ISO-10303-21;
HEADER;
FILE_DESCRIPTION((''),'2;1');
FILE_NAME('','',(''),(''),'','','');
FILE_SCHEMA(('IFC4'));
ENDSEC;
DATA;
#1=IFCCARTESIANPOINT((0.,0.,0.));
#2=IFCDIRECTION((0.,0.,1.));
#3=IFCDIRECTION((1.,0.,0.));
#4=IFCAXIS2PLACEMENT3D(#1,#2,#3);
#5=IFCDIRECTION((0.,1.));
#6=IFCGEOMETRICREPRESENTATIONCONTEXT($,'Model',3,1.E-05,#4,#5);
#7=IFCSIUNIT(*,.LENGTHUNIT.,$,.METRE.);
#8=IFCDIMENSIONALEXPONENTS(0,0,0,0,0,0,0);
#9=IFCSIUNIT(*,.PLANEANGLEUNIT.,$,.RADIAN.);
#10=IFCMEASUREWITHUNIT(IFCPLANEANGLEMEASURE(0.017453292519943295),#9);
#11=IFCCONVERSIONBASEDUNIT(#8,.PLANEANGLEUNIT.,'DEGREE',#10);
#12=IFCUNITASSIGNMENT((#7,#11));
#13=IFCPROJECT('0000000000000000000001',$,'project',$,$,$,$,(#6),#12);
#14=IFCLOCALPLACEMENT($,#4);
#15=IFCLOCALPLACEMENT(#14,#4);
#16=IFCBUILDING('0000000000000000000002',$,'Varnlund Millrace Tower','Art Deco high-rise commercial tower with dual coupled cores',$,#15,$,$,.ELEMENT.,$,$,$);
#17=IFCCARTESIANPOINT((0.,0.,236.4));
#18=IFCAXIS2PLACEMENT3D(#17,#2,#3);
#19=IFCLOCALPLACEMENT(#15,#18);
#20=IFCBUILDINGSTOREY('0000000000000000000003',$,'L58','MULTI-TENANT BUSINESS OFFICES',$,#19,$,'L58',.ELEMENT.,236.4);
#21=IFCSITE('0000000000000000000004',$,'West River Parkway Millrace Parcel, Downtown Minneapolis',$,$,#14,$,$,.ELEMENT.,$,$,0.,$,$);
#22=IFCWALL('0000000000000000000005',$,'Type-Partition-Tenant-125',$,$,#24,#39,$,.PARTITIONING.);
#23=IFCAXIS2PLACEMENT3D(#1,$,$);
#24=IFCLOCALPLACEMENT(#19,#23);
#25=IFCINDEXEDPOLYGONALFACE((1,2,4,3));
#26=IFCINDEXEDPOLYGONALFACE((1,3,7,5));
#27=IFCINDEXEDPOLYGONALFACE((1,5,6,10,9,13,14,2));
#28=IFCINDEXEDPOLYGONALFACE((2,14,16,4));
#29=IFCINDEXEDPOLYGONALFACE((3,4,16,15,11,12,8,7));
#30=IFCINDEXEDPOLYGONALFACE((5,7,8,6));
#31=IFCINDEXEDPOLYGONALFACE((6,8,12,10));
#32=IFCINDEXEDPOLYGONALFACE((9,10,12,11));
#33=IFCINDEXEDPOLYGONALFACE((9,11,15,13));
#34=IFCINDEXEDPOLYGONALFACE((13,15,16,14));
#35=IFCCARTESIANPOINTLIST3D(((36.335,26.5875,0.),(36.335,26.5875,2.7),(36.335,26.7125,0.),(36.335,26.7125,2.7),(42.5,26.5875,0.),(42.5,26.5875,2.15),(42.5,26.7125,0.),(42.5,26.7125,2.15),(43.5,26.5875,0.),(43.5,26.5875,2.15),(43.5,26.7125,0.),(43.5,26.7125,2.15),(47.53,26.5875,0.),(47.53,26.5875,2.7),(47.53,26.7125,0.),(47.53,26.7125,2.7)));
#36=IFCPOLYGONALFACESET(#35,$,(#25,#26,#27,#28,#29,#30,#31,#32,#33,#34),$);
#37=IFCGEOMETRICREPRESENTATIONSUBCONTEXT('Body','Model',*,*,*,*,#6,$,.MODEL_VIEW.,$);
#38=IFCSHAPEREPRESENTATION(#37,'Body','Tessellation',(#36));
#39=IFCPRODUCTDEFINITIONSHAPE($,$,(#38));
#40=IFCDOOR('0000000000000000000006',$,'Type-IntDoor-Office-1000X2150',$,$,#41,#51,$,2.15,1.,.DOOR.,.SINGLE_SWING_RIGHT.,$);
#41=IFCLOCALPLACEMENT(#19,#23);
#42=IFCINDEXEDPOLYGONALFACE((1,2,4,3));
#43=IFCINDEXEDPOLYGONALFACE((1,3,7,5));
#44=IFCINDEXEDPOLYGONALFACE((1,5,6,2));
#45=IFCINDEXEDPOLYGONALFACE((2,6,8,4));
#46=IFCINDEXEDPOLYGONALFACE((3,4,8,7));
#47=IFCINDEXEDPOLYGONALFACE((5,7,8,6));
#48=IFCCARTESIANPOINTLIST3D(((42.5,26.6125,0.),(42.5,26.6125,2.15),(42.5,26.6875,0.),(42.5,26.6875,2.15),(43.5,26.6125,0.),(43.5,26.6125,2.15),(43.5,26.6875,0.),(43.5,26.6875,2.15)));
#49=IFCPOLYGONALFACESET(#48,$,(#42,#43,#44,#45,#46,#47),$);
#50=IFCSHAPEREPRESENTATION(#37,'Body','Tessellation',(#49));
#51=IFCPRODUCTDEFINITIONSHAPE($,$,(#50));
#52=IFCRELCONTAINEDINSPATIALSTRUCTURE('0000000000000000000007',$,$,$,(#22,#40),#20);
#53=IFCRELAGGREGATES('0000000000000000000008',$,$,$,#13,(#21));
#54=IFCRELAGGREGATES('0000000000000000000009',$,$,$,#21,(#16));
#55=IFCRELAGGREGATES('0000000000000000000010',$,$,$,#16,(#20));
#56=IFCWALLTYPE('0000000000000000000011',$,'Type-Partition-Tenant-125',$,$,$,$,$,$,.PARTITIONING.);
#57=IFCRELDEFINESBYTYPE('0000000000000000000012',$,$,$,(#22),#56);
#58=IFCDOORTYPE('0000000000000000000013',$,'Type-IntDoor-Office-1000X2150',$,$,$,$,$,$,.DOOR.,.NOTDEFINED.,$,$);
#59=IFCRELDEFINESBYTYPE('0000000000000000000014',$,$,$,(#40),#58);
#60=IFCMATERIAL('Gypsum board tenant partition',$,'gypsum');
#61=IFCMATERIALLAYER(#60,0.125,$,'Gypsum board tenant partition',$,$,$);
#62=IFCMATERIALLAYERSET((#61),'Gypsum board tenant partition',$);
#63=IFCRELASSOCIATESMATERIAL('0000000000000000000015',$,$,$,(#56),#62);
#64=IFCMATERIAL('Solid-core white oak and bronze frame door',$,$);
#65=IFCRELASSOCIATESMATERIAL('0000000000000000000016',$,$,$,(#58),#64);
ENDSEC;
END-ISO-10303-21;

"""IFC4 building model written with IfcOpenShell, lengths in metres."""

from ifc_helpers import new_model, entity, si_unit, converted_unit, direction, frame, origin_with_axes, origin_2d_with_axis, place, context, subcontext, project, spatial, polyline, rectangle, outline, extrude, material, layer, layer_set, type_object, element, fill, save


model = new_model("IFC4")

# Units and contexts
model_context = context("Model", 3, precision=1e-05, world=origin_with_axes(), true_north=direction((0.0, 1.0)))
body_context = subcontext(model_context, "Body", "Model", "MODEL_VIEW")
ifc_project = project(units=[si_unit("LENGTHUNIT", "METRE"), converted_unit("PLANEANGLEUNIT", "DEGREE", entity("IfcPlaneAngleMeasure", 0.017453292519943295), si_unit("PLANEANGLEUNIT", "RADIAN"), dimensions=[0, 0, 0, 0, 0, 0, 0])], contexts=[model_context])

# Site, building, storey
site_placement = place(None, origin_with_axes())
site = spatial("IfcSite", under=ifc_project, at=site_placement, Name="West River Parkway Millrace Parcel, Downtown Minneapolis", CompositionType="ELEMENT", RefElevation=0.0)
building_placement = place(site_placement, origin_with_axes())
building = spatial("IfcBuilding", under=site, at=building_placement, Name="Varnlund Millrace Tower", Description="Art Deco high-rise commercial tower with dual coupled cores", CompositionType="ELEMENT")
storey_placement = place(building_placement, frame((0.0, 0.0, 236.4), z_axis=(0.0, 0.0, 1.0), x_axis=(1.0, 0.0, 0.0)))
storey = spatial("IfcBuildingStorey", under=building, at=storey_placement, Name="L58", Description="MULTI-TENANT BUSINESS OFFICES", LongName="L58", CompositionType="ELEMENT", Elevation=236.4)

# Shared definitions
ifc_material_1 = material(Name="Gypsum board tenant partition", Category="gypsum")
ifc_layer_1 = layer(ifc_material_1, 0.125, Name="Gypsum board tenant partition")
ifc_layer_set_1 = layer_set([ifc_layer_1], Name="Gypsum board tenant partition")
wall_type_1 = type_object("IfcWallType", Name="Type-Partition-Tenant-125", PredefinedType="PARTITIONING", material=ifc_layer_set_1)

# Wall, opening, door
wall_1_placement = place(storey_placement, frame((36.335, 26.65, 0.0), z_axis=(0.0, 0.0, 1.0), x_axis=(1.0, 0.0, 0.0)))
wall_1 = element("IfcWall", 1, at=wall_1_placement, inside=storey, type_object=wall_type_1, Name="Type-Partition-Tenant-125", PredefinedType="PARTITIONING", context=body_context, shape_type="SweptSolid", body=[
    extrude(outline(polyline([(0.0, -0.0625), (11.195, -0.0625), (11.195, 0.0625), (0.0, 0.0625), (0.0, -0.0625)])), origin_with_axes(), (0.0, 0.0, 1.0), 2.7),
])
opening_1_placement = place(wall_1_placement, frame((6.665, 0.0, 0.0), z_axis=(0.0, 0.0, 1.0), x_axis=(1.0, 0.0, 0.0)))
opening_1 = element("IfcOpeningElement", 2, at=opening_1_placement, cuts=wall_1, PredefinedType="OPENING", context=body_context, shape_type="SweptSolid", body=[
    extrude(rectangle(XDim=1.0, YDim=0.145, at=origin_2d_with_axis()), origin_with_axes(), (0.0, 0.0, 1.0), 2.15),
])
ifc_material_2 = material(Name="Solid-core white oak and bronze frame door")
door_type_1 = type_object("IfcDoorType", Name="Type-IntDoor-Office-1000X2150", OperationType="NOTDEFINED", PredefinedType="DOOR", material=ifc_material_2)
door_1_placement = place(wall_1_placement, frame((6.665, 0.0, 0.0), z_axis=(0.0, 0.0, 1.0), x_axis=(1.0, 0.0, 0.0)))
door_1 = element("IfcDoor", 3, at=door_1_placement, inside=storey, type_object=door_type_1, Name="Type-IntDoor-Office-1000X2150", OperationType="SINGLE_SWING_RIGHT", OverallHeight=2.15, OverallWidth=1.0, PredefinedType="DOOR", context=body_context, shape_type="SweptSolid", body=[
    extrude(rectangle(XDim=1.0, YDim=0.075, at=origin_2d_with_axis()), origin_with_axes(), (0.0, 0.0, 1.0), 2.15),
])
fill(opening_1, door_1)

save(model, "model.ifc")
